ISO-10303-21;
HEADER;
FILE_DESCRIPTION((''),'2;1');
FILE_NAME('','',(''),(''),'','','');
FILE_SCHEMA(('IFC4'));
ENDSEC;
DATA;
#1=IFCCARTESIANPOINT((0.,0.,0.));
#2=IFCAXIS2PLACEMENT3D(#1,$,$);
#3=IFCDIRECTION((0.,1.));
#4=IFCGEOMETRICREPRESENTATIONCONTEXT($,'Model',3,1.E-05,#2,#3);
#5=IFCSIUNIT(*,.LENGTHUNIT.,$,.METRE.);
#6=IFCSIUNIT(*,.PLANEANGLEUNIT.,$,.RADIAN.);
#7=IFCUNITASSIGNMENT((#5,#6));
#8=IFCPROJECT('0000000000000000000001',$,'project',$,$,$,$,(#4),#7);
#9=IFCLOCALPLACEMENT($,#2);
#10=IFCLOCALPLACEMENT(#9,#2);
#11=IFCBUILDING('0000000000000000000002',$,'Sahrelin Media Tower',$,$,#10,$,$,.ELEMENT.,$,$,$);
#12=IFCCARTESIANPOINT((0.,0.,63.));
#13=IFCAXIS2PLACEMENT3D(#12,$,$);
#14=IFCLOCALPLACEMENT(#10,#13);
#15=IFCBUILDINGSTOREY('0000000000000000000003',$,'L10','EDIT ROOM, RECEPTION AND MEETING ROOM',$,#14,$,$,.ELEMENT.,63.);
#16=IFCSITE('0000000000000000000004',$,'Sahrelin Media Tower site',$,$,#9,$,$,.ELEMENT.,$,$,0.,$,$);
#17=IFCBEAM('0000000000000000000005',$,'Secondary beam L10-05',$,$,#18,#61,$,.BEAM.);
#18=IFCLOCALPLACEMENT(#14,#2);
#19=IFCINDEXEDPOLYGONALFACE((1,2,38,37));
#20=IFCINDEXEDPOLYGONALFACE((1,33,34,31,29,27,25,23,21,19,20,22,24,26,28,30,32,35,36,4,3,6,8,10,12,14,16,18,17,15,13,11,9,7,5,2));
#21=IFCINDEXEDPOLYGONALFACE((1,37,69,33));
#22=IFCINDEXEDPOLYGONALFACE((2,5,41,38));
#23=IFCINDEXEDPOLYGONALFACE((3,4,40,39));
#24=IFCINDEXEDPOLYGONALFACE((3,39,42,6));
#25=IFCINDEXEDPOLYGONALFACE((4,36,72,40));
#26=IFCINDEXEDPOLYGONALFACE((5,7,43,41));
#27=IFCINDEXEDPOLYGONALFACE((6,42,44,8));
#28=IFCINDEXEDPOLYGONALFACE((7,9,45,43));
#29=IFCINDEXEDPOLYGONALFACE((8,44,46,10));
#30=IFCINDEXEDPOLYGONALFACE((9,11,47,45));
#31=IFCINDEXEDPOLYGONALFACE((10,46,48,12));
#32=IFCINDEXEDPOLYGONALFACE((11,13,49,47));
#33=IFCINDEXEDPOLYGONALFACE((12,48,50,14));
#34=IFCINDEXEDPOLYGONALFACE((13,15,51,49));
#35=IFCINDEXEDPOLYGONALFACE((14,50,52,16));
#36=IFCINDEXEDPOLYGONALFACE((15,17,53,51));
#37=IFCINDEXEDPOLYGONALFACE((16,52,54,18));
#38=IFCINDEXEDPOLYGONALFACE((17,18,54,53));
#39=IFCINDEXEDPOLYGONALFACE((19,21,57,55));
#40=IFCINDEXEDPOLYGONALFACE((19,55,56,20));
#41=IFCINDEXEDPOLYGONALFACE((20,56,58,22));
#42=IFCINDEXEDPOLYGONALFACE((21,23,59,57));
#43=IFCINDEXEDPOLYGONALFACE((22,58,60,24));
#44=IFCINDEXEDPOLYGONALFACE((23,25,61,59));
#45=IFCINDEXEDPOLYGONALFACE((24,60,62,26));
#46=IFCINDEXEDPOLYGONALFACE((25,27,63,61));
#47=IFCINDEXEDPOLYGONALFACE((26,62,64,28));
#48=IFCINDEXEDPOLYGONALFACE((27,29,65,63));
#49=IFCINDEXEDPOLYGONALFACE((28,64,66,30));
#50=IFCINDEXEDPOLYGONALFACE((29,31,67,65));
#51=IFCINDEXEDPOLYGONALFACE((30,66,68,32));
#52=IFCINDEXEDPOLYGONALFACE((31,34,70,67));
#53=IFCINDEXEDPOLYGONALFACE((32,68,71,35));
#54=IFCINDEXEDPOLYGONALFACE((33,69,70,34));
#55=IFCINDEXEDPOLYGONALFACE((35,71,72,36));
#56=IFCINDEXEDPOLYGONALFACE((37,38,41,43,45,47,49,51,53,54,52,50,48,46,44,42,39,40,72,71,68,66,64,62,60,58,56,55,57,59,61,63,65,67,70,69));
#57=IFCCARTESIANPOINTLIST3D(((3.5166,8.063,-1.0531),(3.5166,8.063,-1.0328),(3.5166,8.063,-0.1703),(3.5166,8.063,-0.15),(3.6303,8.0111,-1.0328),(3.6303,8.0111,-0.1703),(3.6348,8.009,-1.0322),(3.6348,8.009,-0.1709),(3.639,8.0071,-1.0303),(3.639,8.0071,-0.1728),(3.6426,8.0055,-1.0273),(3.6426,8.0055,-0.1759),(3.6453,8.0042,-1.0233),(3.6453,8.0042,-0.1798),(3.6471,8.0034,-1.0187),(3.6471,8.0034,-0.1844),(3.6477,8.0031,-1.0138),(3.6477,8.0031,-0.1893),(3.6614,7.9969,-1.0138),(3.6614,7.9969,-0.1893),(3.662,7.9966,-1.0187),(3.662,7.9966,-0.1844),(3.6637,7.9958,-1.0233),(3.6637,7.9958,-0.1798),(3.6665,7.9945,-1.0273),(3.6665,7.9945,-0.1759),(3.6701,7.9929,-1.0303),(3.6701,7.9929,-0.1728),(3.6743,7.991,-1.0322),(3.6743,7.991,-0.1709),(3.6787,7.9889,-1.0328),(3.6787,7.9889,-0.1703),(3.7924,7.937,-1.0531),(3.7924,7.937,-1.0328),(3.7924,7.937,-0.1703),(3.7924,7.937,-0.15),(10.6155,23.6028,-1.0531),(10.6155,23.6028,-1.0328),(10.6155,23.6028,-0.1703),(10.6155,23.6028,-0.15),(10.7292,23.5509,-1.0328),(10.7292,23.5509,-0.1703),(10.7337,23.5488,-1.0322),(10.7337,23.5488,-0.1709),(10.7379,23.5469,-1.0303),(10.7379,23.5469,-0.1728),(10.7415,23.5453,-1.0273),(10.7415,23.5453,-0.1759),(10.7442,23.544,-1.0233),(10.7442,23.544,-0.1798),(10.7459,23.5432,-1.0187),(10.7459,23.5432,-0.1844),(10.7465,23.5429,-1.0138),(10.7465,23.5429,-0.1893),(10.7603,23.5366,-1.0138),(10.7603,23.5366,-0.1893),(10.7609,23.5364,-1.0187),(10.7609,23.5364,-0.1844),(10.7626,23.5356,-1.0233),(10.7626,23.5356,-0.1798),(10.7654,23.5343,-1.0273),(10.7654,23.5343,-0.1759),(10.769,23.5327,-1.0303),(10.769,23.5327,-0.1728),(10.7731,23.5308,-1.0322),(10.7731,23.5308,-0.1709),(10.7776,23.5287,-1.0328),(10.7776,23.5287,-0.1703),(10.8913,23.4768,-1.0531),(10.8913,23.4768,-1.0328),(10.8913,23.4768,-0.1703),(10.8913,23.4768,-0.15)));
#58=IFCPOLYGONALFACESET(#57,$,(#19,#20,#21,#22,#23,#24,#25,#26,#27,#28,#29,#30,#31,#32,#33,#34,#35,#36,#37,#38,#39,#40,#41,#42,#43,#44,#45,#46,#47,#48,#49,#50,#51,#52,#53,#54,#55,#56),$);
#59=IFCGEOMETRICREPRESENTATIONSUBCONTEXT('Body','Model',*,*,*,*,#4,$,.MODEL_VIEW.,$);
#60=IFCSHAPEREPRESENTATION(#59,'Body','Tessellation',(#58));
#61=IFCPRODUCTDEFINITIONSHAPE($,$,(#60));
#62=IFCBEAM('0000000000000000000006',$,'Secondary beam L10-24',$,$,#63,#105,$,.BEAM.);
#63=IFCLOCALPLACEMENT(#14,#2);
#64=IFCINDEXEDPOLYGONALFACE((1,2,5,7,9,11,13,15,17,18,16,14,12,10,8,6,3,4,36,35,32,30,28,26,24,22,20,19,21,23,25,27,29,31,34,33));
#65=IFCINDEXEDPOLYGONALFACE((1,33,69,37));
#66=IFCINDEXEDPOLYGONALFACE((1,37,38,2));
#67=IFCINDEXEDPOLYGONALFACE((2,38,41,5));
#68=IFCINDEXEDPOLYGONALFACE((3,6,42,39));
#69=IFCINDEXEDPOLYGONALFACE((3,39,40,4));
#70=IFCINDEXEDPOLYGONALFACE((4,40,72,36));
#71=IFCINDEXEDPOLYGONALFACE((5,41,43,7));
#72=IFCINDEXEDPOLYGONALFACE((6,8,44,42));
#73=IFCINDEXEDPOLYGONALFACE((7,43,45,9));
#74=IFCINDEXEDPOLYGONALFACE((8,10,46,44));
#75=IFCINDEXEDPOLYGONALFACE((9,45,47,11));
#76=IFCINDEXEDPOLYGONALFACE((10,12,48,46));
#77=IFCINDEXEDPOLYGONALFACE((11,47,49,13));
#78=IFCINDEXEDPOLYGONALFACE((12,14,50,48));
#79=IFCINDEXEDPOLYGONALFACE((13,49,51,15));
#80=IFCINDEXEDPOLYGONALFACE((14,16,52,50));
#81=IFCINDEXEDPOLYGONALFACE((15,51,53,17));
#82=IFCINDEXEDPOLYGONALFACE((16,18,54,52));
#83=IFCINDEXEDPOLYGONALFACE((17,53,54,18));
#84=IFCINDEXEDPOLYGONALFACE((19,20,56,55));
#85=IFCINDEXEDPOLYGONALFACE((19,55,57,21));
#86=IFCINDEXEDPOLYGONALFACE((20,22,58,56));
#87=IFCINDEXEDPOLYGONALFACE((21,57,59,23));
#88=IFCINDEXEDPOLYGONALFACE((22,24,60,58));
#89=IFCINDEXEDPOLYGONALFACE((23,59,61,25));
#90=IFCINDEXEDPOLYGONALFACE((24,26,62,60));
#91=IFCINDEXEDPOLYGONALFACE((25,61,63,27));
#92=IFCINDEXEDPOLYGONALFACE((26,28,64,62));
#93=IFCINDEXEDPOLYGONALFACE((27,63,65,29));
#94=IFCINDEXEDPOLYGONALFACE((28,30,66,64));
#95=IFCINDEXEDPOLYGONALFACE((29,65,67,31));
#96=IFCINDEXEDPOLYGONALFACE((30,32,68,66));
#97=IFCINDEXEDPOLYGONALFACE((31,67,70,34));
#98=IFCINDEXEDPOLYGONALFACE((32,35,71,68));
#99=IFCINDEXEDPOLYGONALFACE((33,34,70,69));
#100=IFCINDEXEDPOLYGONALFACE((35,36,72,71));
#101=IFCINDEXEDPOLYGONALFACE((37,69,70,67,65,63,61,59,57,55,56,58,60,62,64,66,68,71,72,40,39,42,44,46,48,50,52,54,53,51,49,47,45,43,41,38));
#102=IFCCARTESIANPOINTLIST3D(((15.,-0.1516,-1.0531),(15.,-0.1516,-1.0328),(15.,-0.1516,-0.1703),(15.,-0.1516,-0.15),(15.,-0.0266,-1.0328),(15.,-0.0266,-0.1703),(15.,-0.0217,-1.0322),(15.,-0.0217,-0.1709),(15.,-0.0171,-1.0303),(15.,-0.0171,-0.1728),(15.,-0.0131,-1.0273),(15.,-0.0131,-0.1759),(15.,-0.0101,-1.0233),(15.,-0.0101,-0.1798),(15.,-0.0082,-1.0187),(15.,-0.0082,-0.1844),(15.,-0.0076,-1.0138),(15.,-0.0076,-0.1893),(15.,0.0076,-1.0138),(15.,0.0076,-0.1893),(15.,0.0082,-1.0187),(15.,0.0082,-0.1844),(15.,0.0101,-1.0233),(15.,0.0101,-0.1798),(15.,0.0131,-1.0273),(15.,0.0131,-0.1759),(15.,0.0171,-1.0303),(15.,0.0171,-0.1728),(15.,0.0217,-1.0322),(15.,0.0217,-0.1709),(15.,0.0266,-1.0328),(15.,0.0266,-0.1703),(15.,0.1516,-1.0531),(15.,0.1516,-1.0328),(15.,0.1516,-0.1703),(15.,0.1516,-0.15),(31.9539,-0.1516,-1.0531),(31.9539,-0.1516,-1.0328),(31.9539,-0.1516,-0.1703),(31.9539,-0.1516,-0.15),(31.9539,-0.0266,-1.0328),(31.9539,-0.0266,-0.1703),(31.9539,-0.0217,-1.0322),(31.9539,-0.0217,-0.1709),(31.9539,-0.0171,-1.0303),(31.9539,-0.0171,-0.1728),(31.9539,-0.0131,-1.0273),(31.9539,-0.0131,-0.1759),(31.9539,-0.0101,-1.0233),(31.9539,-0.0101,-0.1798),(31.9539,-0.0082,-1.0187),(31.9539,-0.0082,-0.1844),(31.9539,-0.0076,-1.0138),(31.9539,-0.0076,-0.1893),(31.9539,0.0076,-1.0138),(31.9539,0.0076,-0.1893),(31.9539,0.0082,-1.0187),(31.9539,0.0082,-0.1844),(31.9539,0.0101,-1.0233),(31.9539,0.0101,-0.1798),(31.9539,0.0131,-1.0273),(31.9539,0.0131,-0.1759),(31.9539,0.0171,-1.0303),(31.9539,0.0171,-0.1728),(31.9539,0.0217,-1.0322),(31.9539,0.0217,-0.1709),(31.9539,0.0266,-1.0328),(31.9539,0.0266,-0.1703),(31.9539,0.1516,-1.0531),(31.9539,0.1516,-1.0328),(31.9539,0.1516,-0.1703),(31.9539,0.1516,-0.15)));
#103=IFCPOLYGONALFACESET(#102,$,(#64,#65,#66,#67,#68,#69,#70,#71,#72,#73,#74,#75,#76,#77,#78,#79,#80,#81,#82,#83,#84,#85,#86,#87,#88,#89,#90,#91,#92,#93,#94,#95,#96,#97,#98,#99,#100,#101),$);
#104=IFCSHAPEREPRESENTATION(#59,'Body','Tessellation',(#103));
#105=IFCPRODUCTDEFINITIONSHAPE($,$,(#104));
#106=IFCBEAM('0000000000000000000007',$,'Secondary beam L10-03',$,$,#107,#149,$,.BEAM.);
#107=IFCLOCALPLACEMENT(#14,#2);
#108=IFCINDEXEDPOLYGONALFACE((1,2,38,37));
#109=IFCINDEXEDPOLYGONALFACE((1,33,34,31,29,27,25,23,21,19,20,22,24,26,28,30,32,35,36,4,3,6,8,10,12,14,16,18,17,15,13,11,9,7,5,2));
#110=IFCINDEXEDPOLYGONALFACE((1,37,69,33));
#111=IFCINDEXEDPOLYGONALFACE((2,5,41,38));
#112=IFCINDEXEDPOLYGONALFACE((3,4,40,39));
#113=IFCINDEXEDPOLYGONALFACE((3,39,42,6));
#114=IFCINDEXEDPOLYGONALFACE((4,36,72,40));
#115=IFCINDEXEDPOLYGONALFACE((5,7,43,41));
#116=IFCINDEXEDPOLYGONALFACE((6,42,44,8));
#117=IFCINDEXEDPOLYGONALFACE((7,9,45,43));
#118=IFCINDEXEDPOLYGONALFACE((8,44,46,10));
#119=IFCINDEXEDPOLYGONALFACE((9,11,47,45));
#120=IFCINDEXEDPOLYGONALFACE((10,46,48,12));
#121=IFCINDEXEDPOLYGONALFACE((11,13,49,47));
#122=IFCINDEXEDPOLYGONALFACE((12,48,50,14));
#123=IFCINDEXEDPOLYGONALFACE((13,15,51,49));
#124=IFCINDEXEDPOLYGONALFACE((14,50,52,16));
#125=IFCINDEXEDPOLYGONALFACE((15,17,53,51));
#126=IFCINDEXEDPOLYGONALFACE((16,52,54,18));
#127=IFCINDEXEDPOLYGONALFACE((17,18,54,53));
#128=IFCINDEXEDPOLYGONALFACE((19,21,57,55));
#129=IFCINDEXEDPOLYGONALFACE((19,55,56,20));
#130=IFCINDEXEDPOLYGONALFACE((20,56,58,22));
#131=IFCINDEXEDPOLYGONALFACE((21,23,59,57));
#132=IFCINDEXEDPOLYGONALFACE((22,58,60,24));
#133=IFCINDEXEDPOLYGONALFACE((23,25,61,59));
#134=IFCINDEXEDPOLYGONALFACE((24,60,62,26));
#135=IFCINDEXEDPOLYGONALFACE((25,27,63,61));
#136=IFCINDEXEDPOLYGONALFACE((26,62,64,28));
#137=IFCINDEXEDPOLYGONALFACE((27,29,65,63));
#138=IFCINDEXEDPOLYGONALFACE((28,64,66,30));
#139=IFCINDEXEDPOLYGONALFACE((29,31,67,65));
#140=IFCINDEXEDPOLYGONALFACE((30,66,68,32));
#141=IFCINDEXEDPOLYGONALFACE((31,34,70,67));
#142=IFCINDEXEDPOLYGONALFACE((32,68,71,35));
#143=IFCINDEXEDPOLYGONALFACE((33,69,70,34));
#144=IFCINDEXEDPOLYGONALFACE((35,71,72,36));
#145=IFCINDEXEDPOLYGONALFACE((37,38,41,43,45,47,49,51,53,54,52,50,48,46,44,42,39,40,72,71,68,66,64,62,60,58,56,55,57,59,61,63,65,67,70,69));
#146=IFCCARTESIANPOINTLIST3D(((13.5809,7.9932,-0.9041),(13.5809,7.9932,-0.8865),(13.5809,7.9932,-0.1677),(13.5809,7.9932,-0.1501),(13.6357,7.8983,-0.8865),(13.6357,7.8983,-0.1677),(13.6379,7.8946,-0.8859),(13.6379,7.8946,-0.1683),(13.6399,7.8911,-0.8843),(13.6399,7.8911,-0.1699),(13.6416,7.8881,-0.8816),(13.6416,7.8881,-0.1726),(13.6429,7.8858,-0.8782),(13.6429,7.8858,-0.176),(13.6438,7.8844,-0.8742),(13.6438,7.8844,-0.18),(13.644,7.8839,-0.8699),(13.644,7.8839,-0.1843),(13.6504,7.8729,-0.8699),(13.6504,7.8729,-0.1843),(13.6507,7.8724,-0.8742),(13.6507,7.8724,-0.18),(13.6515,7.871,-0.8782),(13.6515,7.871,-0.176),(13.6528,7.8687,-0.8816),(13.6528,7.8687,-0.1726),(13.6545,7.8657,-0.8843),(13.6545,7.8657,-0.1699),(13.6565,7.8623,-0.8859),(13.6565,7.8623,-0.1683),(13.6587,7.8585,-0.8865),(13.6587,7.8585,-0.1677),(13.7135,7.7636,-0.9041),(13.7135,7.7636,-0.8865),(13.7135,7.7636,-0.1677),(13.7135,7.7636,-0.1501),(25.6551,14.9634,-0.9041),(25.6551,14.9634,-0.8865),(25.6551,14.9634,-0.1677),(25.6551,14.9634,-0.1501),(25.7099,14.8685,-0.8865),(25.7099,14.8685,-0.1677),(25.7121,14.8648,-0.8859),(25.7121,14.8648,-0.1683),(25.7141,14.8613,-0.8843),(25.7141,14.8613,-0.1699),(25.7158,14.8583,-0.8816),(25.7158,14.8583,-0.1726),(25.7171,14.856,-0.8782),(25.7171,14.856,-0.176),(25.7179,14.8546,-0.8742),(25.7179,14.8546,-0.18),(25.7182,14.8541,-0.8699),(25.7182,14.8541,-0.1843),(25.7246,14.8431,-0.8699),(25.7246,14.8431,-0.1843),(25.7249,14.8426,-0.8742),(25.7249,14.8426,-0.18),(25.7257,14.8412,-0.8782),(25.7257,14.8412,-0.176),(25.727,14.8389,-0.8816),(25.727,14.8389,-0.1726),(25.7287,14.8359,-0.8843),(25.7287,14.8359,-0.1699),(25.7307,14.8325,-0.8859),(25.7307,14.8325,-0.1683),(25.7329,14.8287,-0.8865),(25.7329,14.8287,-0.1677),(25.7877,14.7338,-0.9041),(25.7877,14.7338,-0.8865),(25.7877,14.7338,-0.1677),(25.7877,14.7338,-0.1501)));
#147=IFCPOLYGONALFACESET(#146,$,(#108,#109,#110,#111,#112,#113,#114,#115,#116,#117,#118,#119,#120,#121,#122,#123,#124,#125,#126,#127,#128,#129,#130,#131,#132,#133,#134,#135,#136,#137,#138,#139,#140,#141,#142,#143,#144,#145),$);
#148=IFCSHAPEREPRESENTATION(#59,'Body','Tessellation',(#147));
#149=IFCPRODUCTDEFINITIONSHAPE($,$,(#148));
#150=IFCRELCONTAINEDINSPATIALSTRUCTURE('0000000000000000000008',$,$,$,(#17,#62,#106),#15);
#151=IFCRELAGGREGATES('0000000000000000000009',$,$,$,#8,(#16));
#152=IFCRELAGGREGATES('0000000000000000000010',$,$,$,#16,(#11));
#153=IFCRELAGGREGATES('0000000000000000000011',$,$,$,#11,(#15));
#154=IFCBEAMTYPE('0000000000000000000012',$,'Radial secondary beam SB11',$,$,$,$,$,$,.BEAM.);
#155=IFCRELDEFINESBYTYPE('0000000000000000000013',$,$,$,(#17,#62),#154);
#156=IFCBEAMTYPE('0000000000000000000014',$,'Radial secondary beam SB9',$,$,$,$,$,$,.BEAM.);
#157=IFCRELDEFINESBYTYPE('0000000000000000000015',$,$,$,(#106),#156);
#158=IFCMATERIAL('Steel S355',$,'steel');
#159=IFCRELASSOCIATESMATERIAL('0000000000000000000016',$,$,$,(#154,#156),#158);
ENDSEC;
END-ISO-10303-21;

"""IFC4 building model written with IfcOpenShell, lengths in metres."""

from ifc_helpers import new_model, si_unit, direction, frame, origin, origin_2d, place, context, subcontext, project, spatial, i_section, extrude, material, material_profile, profile_set, type_object, element, save


model = new_model("IFC4")

# Units and contexts
model_context = context("Model", 3, precision=1e-05, world=origin(), true_north=direction((0.0, 1.0)))
body_context = subcontext(model_context, "Body", "Model", "MODEL_VIEW")
ifc_project = project(units=[si_unit("LENGTHUNIT", "METRE"), si_unit("PLANEANGLEUNIT", "RADIAN")], contexts=[model_context])

# Site, building, storey
site_placement = place(None, origin())
site = spatial("IfcSite", under=ifc_project, at=site_placement, Name="Sahrelin Media Tower site", CompositionType="ELEMENT", RefElevation=0.0)
building_placement = place(site_placement, origin())
building = spatial("IfcBuilding", under=site, at=building_placement, Name="Sahrelin Media Tower", CompositionType="ELEMENT")
storey_placement = place(building_placement, frame((0.0, 0.0, 63.0)))
storey = spatial("IfcBuildingStorey", under=building, at=storey_placement, Name="L10", Description="EDIT ROOM, RECEPTION AND MEETING ROOM", CompositionType="ELEMENT", Elevation=63.0)

# Beams
ifc_material_1 = material(Name="Steel S355", Category="steel")
ifc_material_profile_1 = material_profile(ifc_material_1, i_section(OverallWidth=0.3032, OverallDepth=0.9031, WebThickness=0.0151, FlangeThickness=0.0203, FilletRadius=0.019, at=origin_2d()), Name="UB 914x305x201")
ifc_profile_set_1 = profile_set([ifc_material_profile_1], Name="Steel S355")
beam_type_1 = type_object("IfcBeamType", Name="Radial secondary beam SB11", PredefinedType="BEAM", material=ifc_profile_set_1)
beam_1_placement = place(storey_placement, frame((3.6545, 8.0, -0.6016), z_axis=(0.415516, 0.909586, 0.0), x_axis=(-0.909586, 0.415516, 0.0)))
element("IfcBeam", 1, at=beam_1_placement, inside=storey, type_object=beam_type_1, Name="Secondary beam L10-05", PredefinedType="BEAM", context=body_context, shape_type="SweptSolid", body=[
    extrude(i_section(OverallWidth=0.3032, OverallDepth=0.9031, WebThickness=0.0151, FlangeThickness=0.0203, FilletRadius=0.019, at=origin_2d()), origin(), (0.0, 0.0, 1.0), 17.0845),
])
beam_2_placement = place(storey_placement, frame((15.0, 0.0, -0.6016), z_axis=(1.0, 0.0, 0.0), x_axis=(0.0, 1.0, 0.0)))
element("IfcBeam", 2, at=beam_2_placement, inside=storey, type_object=beam_type_1, Name="Secondary beam L10-24", PredefinedType="BEAM", context=body_context, shape_type="SweptSolid", body=[
    extrude(i_section(OverallWidth=0.3032, OverallDepth=0.9031, WebThickness=0.0151, FlangeThickness=0.0203, FilletRadius=0.019, at=origin_2d()), origin(), (0.0, 0.0, 1.0), 16.9539),
])
ifc_material_profile_2 = material_profile(ifc_material_1, i_section(OverallWidth=0.2651, OverallDepth=0.7539, WebThickness=0.0127, FlangeThickness=0.0176, FilletRadius=0.0166, at=origin_2d()), Name="UB 762x267x147")
ifc_profile_set_2 = profile_set([ifc_material_profile_2], Name="Steel S355")
beam_type_2 = type_object("IfcBeamType", Name="Radial secondary beam SB9", PredefinedType="BEAM", material=ifc_profile_set_2)
beam_3_placement = place(storey_placement, frame((13.6472, 7.8784, -0.5271), z_axis=(0.866051, 0.499955, 0.0), x_axis=(-0.499955, 0.866051, 0.0)))
element("IfcBeam", 3, at=beam_3_placement, inside=storey, type_object=beam_type_2, Name="Secondary beam L10-03", PredefinedType="BEAM", context=body_context, shape_type="SweptSolid", body=[
    extrude(i_section(OverallWidth=0.2651, OverallDepth=0.7539, WebThickness=0.0127, FlangeThickness=0.0176, FilletRadius=0.0166, at=origin_2d()), origin(), (0.0, 0.0, 1.0), 13.9417),
])

save(model, "model.ifc")
